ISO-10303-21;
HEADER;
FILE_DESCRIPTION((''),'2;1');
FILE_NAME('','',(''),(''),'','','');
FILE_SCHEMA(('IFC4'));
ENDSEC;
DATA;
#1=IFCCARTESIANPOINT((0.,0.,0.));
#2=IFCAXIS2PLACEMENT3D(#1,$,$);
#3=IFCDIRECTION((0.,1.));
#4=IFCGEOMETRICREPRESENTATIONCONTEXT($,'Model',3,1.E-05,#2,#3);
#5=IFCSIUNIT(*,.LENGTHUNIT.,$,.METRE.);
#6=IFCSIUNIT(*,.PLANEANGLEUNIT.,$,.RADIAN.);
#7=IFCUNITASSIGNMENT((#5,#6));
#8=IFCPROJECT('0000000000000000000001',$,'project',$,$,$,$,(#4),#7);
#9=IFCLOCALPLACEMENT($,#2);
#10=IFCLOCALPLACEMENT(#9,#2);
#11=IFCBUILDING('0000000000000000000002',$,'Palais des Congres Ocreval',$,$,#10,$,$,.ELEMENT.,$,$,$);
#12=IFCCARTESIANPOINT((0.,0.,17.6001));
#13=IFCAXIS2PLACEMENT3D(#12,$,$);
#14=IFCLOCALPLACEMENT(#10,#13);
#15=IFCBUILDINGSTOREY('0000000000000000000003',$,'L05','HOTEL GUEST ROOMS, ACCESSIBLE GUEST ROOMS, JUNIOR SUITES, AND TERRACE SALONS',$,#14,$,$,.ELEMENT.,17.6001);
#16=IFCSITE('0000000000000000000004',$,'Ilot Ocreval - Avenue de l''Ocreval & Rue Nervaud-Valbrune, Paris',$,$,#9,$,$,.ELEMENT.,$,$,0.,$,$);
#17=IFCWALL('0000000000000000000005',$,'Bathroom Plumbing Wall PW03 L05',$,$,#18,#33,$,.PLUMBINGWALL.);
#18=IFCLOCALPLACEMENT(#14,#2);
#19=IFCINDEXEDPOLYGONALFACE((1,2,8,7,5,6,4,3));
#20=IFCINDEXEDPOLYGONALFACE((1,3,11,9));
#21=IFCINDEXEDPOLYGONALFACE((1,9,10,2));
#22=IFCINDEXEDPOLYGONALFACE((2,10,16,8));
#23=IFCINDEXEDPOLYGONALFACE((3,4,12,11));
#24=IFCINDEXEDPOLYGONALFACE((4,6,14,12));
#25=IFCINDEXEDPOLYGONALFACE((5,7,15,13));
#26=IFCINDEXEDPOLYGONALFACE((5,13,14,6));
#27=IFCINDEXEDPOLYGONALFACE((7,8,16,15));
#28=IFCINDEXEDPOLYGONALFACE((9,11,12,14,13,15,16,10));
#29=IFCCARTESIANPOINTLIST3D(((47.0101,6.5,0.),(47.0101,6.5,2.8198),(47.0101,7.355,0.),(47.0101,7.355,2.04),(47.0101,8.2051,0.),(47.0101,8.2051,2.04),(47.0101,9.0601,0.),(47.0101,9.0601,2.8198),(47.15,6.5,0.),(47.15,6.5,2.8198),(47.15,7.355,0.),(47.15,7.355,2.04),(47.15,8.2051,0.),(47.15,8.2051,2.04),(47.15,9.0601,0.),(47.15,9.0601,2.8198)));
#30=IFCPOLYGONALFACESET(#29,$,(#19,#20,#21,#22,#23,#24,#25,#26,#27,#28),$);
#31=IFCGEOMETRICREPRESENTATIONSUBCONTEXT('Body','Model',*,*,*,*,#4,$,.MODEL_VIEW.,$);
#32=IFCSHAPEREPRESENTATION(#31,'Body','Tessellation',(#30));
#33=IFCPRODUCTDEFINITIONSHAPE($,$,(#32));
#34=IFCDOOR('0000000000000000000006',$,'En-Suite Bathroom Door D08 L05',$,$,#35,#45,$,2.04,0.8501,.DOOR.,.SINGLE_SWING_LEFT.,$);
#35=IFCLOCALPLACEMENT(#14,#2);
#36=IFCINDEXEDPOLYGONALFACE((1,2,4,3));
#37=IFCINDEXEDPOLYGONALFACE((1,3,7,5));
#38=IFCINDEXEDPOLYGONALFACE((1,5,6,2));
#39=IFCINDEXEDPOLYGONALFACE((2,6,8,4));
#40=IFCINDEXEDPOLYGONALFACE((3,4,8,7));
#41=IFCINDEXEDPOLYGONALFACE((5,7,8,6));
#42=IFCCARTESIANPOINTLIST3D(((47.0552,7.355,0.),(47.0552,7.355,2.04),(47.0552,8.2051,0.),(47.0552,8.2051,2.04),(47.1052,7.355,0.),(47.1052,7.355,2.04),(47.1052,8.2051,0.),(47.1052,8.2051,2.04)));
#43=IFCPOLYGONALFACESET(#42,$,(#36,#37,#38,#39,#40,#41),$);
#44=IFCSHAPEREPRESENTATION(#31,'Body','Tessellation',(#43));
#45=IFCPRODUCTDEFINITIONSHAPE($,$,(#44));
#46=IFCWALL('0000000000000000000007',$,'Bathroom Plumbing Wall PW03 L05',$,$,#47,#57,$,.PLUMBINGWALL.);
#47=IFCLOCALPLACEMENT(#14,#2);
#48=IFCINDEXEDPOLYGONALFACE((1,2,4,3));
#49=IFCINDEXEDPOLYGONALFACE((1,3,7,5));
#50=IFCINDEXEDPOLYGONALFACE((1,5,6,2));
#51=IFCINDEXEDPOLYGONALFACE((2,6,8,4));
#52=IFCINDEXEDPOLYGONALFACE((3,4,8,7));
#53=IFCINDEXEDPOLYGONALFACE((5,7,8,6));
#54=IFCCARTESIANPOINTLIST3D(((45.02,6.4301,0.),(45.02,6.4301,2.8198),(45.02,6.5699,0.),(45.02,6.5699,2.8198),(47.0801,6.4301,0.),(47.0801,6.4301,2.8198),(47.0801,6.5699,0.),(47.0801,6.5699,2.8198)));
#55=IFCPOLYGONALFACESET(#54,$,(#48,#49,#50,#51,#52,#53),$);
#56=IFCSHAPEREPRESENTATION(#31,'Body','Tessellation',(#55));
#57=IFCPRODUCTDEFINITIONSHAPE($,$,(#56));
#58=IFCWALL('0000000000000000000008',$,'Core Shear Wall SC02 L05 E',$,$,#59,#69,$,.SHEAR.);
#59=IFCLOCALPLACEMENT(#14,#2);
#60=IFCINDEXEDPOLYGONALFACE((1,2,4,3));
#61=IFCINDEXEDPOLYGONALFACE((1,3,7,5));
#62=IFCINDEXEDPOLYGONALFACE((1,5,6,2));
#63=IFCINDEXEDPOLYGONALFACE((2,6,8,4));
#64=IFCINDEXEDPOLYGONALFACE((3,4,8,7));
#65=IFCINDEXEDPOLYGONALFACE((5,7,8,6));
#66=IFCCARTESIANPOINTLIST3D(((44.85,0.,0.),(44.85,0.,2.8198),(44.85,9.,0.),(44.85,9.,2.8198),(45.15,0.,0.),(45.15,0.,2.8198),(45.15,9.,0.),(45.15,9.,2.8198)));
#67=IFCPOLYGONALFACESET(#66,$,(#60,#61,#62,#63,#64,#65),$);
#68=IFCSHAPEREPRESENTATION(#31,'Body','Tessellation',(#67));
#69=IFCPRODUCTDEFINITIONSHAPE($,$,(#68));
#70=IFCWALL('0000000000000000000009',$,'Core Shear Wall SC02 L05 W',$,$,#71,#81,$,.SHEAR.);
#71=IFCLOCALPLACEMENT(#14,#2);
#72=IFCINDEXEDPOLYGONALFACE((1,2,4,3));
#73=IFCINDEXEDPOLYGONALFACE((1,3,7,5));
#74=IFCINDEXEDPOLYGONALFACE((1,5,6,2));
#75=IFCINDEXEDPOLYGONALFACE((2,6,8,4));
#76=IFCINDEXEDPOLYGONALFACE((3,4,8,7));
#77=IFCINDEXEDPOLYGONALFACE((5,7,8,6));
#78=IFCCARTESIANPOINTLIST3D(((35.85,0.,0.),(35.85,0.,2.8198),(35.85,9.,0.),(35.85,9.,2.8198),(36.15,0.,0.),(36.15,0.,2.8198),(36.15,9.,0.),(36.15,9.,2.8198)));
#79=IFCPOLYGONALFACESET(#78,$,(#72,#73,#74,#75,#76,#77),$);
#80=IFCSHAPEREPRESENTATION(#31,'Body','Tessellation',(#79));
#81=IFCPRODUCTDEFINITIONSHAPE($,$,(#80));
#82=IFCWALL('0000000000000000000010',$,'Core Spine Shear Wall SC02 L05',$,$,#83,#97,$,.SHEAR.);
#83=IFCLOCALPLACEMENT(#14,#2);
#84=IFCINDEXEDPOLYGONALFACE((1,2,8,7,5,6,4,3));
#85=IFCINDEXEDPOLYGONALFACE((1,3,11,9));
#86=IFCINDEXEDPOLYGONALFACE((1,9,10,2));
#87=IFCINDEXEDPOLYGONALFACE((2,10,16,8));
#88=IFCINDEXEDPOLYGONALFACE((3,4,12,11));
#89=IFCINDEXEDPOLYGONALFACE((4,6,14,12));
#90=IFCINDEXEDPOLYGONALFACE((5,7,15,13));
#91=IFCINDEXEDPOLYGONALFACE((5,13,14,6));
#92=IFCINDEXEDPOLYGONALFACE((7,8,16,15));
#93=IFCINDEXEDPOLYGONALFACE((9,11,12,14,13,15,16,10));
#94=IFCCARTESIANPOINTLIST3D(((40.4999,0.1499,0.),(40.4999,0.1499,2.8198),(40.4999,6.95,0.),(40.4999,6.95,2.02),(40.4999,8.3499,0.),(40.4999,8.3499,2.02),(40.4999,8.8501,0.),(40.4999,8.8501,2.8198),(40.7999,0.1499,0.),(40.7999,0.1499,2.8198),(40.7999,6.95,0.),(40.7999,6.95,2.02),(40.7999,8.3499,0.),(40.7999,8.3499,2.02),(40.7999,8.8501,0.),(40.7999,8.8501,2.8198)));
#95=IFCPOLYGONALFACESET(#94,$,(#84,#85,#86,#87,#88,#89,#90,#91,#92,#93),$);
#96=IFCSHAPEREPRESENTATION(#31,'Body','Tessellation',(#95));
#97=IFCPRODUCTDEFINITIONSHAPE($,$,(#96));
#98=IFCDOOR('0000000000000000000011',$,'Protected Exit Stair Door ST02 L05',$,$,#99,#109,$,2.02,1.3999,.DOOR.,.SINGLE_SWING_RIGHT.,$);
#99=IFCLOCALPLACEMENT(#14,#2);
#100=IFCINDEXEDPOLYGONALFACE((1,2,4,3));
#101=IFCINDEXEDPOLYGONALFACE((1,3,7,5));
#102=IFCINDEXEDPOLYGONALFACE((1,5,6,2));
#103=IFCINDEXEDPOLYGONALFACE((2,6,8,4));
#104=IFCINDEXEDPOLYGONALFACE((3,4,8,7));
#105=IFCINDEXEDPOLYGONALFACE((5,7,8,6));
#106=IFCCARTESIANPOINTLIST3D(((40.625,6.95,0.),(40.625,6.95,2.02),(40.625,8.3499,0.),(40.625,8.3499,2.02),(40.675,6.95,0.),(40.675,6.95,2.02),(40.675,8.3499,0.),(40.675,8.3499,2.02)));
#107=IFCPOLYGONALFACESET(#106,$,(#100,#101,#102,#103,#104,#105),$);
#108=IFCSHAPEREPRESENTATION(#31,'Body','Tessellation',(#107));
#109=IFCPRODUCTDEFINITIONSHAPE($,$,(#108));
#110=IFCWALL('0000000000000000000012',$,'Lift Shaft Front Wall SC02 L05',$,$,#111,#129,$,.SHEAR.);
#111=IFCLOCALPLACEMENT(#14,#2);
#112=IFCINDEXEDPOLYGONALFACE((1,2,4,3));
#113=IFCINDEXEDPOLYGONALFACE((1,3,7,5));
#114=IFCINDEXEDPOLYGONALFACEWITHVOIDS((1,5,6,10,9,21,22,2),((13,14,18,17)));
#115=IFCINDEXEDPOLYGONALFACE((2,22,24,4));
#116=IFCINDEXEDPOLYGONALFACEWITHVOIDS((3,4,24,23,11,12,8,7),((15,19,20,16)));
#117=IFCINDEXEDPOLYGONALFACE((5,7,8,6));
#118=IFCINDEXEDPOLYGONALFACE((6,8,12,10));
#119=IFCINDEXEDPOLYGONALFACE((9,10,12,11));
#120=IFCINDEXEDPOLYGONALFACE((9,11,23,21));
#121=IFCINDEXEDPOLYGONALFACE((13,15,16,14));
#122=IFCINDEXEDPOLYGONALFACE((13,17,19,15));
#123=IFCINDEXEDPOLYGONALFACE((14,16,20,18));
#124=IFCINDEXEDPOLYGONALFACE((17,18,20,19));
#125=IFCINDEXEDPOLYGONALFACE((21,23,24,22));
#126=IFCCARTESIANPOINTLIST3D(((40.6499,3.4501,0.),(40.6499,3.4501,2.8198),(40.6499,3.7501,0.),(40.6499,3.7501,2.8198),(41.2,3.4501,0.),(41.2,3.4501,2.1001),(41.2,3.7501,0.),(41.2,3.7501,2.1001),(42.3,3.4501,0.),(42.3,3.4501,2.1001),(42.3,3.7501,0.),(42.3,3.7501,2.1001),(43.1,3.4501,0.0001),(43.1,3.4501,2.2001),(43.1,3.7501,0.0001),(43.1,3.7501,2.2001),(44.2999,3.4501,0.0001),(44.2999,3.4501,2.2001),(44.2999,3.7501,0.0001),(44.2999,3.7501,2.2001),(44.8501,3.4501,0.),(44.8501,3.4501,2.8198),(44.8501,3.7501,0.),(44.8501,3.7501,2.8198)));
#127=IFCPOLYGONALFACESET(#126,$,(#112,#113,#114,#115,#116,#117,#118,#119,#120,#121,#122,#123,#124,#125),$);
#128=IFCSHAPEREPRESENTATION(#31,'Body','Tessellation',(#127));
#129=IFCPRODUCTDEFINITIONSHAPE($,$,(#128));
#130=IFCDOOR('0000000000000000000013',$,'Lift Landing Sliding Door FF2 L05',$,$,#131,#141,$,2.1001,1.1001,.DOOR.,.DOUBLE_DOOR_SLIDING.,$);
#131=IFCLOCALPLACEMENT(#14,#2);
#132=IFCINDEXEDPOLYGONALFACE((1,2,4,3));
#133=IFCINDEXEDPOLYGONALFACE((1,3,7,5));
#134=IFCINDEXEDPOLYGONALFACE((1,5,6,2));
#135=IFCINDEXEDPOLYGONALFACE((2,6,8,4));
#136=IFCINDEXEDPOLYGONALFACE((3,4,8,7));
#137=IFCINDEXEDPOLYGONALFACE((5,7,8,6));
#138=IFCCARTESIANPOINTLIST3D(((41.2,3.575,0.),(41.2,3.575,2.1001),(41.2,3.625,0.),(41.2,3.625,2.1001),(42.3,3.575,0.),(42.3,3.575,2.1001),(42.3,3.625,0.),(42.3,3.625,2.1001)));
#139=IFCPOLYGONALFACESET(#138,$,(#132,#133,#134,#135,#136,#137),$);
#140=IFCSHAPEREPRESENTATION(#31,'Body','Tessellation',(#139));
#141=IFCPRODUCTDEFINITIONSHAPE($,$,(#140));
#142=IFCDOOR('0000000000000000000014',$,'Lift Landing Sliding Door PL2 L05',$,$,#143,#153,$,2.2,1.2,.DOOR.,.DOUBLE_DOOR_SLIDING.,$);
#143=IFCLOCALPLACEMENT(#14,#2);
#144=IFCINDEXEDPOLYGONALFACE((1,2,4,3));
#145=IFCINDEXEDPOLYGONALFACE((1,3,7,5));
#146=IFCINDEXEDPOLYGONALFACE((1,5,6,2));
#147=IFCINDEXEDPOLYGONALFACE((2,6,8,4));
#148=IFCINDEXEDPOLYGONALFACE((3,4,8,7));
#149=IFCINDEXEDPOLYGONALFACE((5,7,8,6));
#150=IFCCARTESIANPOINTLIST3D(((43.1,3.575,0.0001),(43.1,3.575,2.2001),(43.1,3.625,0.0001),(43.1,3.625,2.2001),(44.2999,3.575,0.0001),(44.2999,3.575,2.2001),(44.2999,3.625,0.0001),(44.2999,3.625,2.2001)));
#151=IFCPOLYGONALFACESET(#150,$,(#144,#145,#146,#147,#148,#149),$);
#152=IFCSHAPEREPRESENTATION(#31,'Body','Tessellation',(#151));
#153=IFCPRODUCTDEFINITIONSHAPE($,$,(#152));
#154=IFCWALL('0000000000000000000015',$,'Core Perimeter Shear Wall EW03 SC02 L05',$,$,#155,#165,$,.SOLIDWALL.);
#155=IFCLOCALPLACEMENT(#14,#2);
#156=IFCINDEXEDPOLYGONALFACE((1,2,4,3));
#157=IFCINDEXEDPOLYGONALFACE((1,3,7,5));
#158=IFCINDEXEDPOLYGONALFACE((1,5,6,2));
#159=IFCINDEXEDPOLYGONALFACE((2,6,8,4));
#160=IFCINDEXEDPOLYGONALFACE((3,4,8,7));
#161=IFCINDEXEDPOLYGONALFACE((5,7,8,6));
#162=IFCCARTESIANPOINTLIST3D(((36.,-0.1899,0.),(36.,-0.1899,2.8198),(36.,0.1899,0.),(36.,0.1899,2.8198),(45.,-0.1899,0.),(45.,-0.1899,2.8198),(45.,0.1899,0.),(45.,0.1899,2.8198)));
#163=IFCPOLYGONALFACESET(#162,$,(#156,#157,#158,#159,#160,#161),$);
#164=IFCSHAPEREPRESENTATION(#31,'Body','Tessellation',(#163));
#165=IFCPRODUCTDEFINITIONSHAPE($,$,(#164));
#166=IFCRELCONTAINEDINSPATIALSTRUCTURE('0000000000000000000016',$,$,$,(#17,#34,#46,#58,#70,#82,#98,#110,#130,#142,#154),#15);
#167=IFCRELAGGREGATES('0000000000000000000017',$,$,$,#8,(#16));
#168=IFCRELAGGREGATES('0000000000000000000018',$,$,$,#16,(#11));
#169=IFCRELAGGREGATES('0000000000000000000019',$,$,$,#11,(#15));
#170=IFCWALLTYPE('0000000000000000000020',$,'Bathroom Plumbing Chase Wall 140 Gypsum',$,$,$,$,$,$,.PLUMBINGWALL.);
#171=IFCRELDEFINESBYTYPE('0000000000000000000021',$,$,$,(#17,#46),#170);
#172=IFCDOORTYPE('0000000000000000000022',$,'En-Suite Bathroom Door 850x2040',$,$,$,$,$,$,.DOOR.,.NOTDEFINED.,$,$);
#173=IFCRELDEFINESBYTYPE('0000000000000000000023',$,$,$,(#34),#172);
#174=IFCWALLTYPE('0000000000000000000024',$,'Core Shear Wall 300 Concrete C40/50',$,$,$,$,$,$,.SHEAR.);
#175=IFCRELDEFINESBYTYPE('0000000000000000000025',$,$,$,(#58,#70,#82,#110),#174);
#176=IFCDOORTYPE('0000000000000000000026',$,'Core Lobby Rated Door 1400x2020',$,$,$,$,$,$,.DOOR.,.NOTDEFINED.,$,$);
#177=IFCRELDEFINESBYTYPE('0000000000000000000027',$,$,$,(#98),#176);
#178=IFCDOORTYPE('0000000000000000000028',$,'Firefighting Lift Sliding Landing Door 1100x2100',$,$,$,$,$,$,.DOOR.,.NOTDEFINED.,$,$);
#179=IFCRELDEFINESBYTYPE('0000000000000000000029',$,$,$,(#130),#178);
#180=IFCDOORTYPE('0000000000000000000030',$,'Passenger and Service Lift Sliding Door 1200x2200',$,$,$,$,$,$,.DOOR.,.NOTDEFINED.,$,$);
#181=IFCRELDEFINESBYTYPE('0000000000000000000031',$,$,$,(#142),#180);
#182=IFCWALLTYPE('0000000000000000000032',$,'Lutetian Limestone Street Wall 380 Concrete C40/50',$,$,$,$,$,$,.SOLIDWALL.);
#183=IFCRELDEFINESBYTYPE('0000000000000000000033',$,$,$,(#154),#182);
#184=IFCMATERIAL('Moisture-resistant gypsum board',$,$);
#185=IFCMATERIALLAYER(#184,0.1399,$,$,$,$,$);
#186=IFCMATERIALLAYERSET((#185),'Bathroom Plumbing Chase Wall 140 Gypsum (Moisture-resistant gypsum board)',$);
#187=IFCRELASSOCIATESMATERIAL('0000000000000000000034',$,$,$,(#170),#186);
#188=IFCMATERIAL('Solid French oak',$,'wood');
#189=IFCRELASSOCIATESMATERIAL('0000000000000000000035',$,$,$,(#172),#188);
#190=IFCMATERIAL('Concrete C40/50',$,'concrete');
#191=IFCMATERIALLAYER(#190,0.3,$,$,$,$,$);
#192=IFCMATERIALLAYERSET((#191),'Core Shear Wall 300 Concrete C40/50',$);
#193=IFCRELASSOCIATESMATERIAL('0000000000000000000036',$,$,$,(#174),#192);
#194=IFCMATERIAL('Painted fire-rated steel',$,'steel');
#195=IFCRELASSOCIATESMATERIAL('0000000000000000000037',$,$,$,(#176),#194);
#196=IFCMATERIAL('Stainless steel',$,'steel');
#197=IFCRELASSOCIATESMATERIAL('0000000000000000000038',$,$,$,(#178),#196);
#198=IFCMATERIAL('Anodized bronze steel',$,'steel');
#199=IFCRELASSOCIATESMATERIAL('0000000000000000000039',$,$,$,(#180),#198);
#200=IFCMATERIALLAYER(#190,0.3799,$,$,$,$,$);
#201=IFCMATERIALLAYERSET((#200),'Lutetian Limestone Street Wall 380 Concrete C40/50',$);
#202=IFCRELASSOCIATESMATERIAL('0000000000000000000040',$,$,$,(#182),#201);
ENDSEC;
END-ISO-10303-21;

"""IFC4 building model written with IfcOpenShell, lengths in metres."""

from ifc_helpers import new_model, si_unit, direction, frame, frame_2d, origin, place, context, subcontext, project, spatial, rectangle, extrude, material, layer, layer_set, type_object, element, fill, save


model = new_model("IFC4")

# Units and contexts
model_context = context("Model", 3, precision=1e-05, world=origin(), true_north=direction((0.0, 1.0)))
body_context = subcontext(model_context, "Body", "Model", "MODEL_VIEW")
ifc_project = project(units=[si_unit("LENGTHUNIT", "METRE"), si_unit("PLANEANGLEUNIT", "RADIAN")], contexts=[model_context])

# Site, building, storey
site_placement = place(None, origin())
site = spatial("IfcSite", under=ifc_project, at=site_placement, Name="Ilot Ocreval - Avenue de l'Ocreval & Rue Nervaud-Valbrune, Paris", CompositionType="ELEMENT", RefElevation=0.0)
building_placement = place(site_placement, origin())
building = spatial("IfcBuilding", under=site, at=building_placement, Name="Palais des Congres Ocreval", CompositionType="ELEMENT")
storey_placement = place(building_placement, frame((0.0, 0.0, 17.6001)))
storey = spatial("IfcBuildingStorey", under=building, at=storey_placement, Name="L05", Description="HOTEL GUEST ROOMS, ACCESSIBLE GUEST ROOMS, JUNIOR SUITES, AND TERRACE SALONS", CompositionType="ELEMENT", Elevation=17.6001)

# Wall, opening, door
ifc_material_1 = material(Name="Moisture-resistant gypsum board")
ifc_layer_1 = layer(ifc_material_1, 0.1399)
ifc_layer_set_1 = layer_set([ifc_layer_1], Name="Bathroom Plumbing Chase Wall 140 Gypsum (Moisture-resistant gypsum board)")
wall_type_1 = type_object("IfcWallType", Name="Bathroom Plumbing Chase Wall 140 Gypsum", PredefinedType="PLUMBINGWALL", material=ifc_layer_set_1)
wall_1_placement = place(storey_placement, frame((47.0801, 6.5, 0.0), z_axis=(0.0, 0.0, 1.0), x_axis=(0.0, 1.0, 0.0)))
wall_1 = element("IfcWall", 1, at=wall_1_placement, inside=storey, type_object=wall_type_1, Name="Bathroom Plumbing Wall PW03 L05", PredefinedType="PLUMBINGWALL", context=body_context, shape_type="SweptSolid", body=[
    extrude(rectangle(XDim=2.5601, YDim=0.1399, at=frame_2d((1.28, 0.0))), origin(), (0.0, 0.0, 1.0), 2.8198),
])
opening_1_placement = place(wall_1_placement, frame((0.855, 0.0, 0.0)))
opening_1 = element("IfcOpeningElement", 2, at=opening_1_placement, cuts=wall_1, PredefinedType="OPENING", context=body_context, shape_type="SweptSolid", body=[
    extrude(rectangle(XDim=0.8501, YDim=2.04, at=frame_2d((0.425, 1.02))), frame((0.0, 0.0798, 0.0), z_axis=(0.0, -1.0, 0.0), x_axis=(1.0, 0.0, 0.0)), (0.0, 0.0, 1.0), 0.1599),
])
ifc_material_2 = material(Name="Solid French oak", Category="wood")
door_type_1 = type_object("IfcDoorType", Name="En-Suite Bathroom Door 850x2040", OperationType="NOTDEFINED", PredefinedType="DOOR", material=ifc_material_2)
door_1_placement = place(opening_1_placement, origin())
door_1 = element("IfcDoor", 3, at=door_1_placement, inside=storey, type_object=door_type_1, Name="En-Suite Bathroom Door D08 L05", OperationType="SINGLE_SWING_LEFT", OverallHeight=2.04, OverallWidth=0.8501, PredefinedType="DOOR", context=body_context, shape_type="SweptSolid", body=[
    extrude(rectangle(XDim=0.8501, YDim=2.04, at=frame_2d((0.425, 1.02))), frame((0.0, 0.0249, 0.0), z_axis=(0.0, -1.0, 0.0), x_axis=(1.0, 0.0, 0.0)), (0.0, 0.0, 1.0), 0.05),
])
fill(opening_1, door_1)

# Walls
wall_2_placement = place(storey_placement, frame((45.02, 6.5, 0.0), z_axis=(0.0, 0.0, 1.0), x_axis=(1.0, 0.0, 0.0)))
element("IfcWall", 4, at=wall_2_placement, inside=storey, type_object=wall_type_1, Name="Bathroom Plumbing Wall PW03 L05", PredefinedType="PLUMBINGWALL", context=body_context, shape_type="SweptSolid", body=[
    extrude(rectangle(XDim=2.0601, YDim=0.1399, at=frame_2d((1.03, 0.0))), origin(), (0.0, 0.0, 1.0), 2.8198),
])
ifc_material_3 = material(Name="Concrete C40/50", Category="concrete")
ifc_layer_2 = layer(ifc_material_3, 0.3)
ifc_layer_set_2 = layer_set([ifc_layer_2], Name="Core Shear Wall 300 Concrete C40/50")
wall_type_2 = type_object("IfcWallType", Name="Core Shear Wall 300 Concrete C40/50", PredefinedType="SHEAR", material=ifc_layer_set_2)
for number, where, z_axis, x_axis, name in (
    (5, (45.0, 0.0, 0.0), (0.0, 0.0, 1.0), (0.0, 1.0, 0.0), "Core Shear Wall SC02 L05 E"),
    (6, (36.0, 0.0, 0.0), (0.0, 0.0, 1.0), (0.0, 1.0, 0.0), "Core Shear Wall SC02 L05 W"),
):
    element("IfcWall", number, at=place(storey_placement, frame(where, z_axis=z_axis, x_axis=x_axis)), inside=storey, type_object=wall_type_2, Name=name, PredefinedType="SHEAR", context=body_context, shape_type="SweptSolid", body=[
        extrude(rectangle(XDim=9.0, YDim=0.3, at=frame_2d((4.5, 0.0))), origin(), (0.0, 0.0, 1.0), 2.8198),
    ])

# Wall, opening, door
wall_3_placement = place(storey_placement, frame((40.6499, 0.1499, 0.0), z_axis=(0.0, 0.0, 1.0), x_axis=(0.0, 1.0, 0.0)))
wall_3 = element("IfcWall", 7, at=wall_3_placement, inside=storey, type_object=wall_type_2, Name="Core Spine Shear Wall SC02 L05", PredefinedType="SHEAR", context=body_context, shape_type="SweptSolid", body=[
    extrude(rectangle(XDim=8.7002, YDim=0.3, at=frame_2d((4.3501, 0.0))), origin(), (0.0, 0.0, 1.0), 2.8198),
])
opening_2_placement = place(wall_3_placement, frame((6.8, 0.0, 0.0)))
opening_2 = element("IfcOpeningElement", 8, at=opening_2_placement, cuts=wall_3, PredefinedType="OPENING", context=body_context, shape_type="SweptSolid", body=[
    extrude(rectangle(XDim=1.3999, YDim=2.02, at=frame_2d((0.7, 1.01))), frame((0.0, 0.1599, 0.0), z_axis=(0.0, -1.0, 0.0), x_axis=(1.0, 0.0, 0.0)), (0.0, 0.0, 1.0), 0.3201),
])
ifc_material_4 = material(Name="Painted fire-rated steel", Category="steel")
door_type_2 = type_object("IfcDoorType", Name="Core Lobby Rated Door 1400x2020", OperationType="NOTDEFINED", PredefinedType="DOOR", material=ifc_material_4)
door_2_placement = place(opening_2_placement, origin())
door_2 = element("IfcDoor", 9, at=door_2_placement, inside=storey, type_object=door_type_2, Name="Protected Exit Stair Door ST02 L05", OperationType="SINGLE_SWING_RIGHT", OverallHeight=2.02, OverallWidth=1.3999, PredefinedType="DOOR", context=body_context, shape_type="SweptSolid", body=[
    extrude(rectangle(XDim=1.3999, YDim=2.02, at=frame_2d((0.7, 1.01))), frame((0.0, 0.0249, 0.0), z_axis=(0.0, -1.0, 0.0), x_axis=(1.0, 0.0, 0.0)), (0.0, 0.0, 1.0), 0.05),
])
fill(opening_2, door_2)

# Wall, openings, doors
wall_4_placement = place(storey_placement, frame((40.6499, 3.6001, 0.0), z_axis=(0.0, 0.0, 1.0), x_axis=(1.0, 0.0, 0.0)))
wall_4 = element("IfcWall", 10, at=wall_4_placement, inside=storey, type_object=wall_type_2, Name="Lift Shaft Front Wall SC02 L05", PredefinedType="SHEAR", context=body_context, shape_type="SweptSolid", body=[
    extrude(rectangle(XDim=4.2002, YDim=0.3, at=frame_2d((2.1001, 0.0))), origin(), (0.0, 0.0, 1.0), 2.8198),
])
opening_3_placement = place(wall_4_placement, frame((0.55, 0.0, 0.0)))
opening_3 = element("IfcOpeningElement", 11, at=opening_3_placement, cuts=wall_4, PredefinedType="OPENING", context=body_context, shape_type="SweptSolid", body=[
    extrude(rectangle(XDim=1.1001, YDim=2.1001, at=frame_2d((0.55, 1.05))), frame((0.0, 0.1599, 0.0), z_axis=(0.0, -1.0, 0.0), x_axis=(1.0, 0.0, 0.0)), (0.0, 0.0, 1.0), 0.3201),
])
opening_4_placement = place(wall_4_placement, frame((2.45, 0.0, 0.0)))
opening_4 = element("IfcOpeningElement", 12, at=opening_4_placement, cuts=wall_4, PredefinedType="OPENING", context=body_context, shape_type="SweptSolid", body=[
    extrude(rectangle(XDim=1.2, YDim=2.2, at=frame_2d((0.6001, 1.1001))), frame((0.0, 0.1599, 0.0), z_axis=(0.0, -1.0, 0.0), x_axis=(1.0, 0.0, 0.0)), (0.0, 0.0, 1.0), 0.3201),
])
ifc_material_5 = material(Name="Stainless steel", Category="steel")
door_type_3 = type_object("IfcDoorType", Name="Firefighting Lift Sliding Landing Door 1100x2100", OperationType="NOTDEFINED", PredefinedType="DOOR", material=ifc_material_5)
door_3_placement = place(opening_3_placement, origin())
door_3 = element("IfcDoor", 13, at=door_3_placement, inside=storey, type_object=door_type_3, Name="Lift Landing Sliding Door FF2 L05", OperationType="DOUBLE_DOOR_SLIDING", OverallHeight=2.1001, OverallWidth=1.1001, PredefinedType="DOOR", context=body_context, shape_type="SweptSolid", body=[
    extrude(rectangle(XDim=1.1001, YDim=2.1001, at=frame_2d((0.55, 1.05))), frame((0.0, 0.0249, 0.0), z_axis=(0.0, -1.0, 0.0), x_axis=(1.0, 0.0, 0.0)), (0.0, 0.0, 1.0), 0.05),
])
fill(opening_3, door_3)
ifc_material_6 = material(Name="Anodized bronze steel", Category="steel")
door_type_4 = type_object("IfcDoorType", Name="Passenger and Service Lift Sliding Door 1200x2200", OperationType="NOTDEFINED", PredefinedType="DOOR", material=ifc_material_6)
door_4_placement = place(opening_4_placement, origin())
door_4 = element("IfcDoor", 14, at=door_4_placement, inside=storey, type_object=door_type_4, Name="Lift Landing Sliding Door PL2 L05", OperationType="DOUBLE_DOOR_SLIDING", OverallHeight=2.2, OverallWidth=1.2, PredefinedType="DOOR", context=body_context, shape_type="SweptSolid", body=[
    extrude(rectangle(XDim=1.2, YDim=2.2, at=frame_2d((0.6001, 1.1001))), frame((0.0, 0.0249, 0.0), z_axis=(0.0, -1.0, 0.0), x_axis=(1.0, 0.0, 0.0)), (0.0, 0.0, 1.0), 0.05),
])
fill(opening_4, door_4)

# Wall
ifc_layer_3 = layer(ifc_material_3, 0.3799)
ifc_layer_set_3 = layer_set([ifc_layer_3], Name="Lutetian Limestone Street Wall 380 Concrete C40/50")
wall_type_3 = type_object("IfcWallType", Name="Lutetian Limestone Street Wall 380 Concrete C40/50", PredefinedType="SOLIDWALL", material=ifc_layer_set_3)
wall_5_placement = place(storey_placement, frame((45.0, 0.0, 0.0), z_axis=(0.0, 0.0, 1.0), x_axis=(-1.0, 0.0, 0.0)))
element("IfcWall", 15, at=wall_5_placement, inside=storey, type_object=wall_type_3, Name="Core Perimeter Shear Wall EW03 SC02 L05", PredefinedType="SOLIDWALL", context=body_context, shape_type="SweptSolid", body=[
    extrude(rectangle(XDim=9.0, YDim=0.3799, at=frame_2d((4.5, 0.0))), origin(), (0.0, 0.0, 1.0), 2.8198),
])

save(model, "model.ifc")
